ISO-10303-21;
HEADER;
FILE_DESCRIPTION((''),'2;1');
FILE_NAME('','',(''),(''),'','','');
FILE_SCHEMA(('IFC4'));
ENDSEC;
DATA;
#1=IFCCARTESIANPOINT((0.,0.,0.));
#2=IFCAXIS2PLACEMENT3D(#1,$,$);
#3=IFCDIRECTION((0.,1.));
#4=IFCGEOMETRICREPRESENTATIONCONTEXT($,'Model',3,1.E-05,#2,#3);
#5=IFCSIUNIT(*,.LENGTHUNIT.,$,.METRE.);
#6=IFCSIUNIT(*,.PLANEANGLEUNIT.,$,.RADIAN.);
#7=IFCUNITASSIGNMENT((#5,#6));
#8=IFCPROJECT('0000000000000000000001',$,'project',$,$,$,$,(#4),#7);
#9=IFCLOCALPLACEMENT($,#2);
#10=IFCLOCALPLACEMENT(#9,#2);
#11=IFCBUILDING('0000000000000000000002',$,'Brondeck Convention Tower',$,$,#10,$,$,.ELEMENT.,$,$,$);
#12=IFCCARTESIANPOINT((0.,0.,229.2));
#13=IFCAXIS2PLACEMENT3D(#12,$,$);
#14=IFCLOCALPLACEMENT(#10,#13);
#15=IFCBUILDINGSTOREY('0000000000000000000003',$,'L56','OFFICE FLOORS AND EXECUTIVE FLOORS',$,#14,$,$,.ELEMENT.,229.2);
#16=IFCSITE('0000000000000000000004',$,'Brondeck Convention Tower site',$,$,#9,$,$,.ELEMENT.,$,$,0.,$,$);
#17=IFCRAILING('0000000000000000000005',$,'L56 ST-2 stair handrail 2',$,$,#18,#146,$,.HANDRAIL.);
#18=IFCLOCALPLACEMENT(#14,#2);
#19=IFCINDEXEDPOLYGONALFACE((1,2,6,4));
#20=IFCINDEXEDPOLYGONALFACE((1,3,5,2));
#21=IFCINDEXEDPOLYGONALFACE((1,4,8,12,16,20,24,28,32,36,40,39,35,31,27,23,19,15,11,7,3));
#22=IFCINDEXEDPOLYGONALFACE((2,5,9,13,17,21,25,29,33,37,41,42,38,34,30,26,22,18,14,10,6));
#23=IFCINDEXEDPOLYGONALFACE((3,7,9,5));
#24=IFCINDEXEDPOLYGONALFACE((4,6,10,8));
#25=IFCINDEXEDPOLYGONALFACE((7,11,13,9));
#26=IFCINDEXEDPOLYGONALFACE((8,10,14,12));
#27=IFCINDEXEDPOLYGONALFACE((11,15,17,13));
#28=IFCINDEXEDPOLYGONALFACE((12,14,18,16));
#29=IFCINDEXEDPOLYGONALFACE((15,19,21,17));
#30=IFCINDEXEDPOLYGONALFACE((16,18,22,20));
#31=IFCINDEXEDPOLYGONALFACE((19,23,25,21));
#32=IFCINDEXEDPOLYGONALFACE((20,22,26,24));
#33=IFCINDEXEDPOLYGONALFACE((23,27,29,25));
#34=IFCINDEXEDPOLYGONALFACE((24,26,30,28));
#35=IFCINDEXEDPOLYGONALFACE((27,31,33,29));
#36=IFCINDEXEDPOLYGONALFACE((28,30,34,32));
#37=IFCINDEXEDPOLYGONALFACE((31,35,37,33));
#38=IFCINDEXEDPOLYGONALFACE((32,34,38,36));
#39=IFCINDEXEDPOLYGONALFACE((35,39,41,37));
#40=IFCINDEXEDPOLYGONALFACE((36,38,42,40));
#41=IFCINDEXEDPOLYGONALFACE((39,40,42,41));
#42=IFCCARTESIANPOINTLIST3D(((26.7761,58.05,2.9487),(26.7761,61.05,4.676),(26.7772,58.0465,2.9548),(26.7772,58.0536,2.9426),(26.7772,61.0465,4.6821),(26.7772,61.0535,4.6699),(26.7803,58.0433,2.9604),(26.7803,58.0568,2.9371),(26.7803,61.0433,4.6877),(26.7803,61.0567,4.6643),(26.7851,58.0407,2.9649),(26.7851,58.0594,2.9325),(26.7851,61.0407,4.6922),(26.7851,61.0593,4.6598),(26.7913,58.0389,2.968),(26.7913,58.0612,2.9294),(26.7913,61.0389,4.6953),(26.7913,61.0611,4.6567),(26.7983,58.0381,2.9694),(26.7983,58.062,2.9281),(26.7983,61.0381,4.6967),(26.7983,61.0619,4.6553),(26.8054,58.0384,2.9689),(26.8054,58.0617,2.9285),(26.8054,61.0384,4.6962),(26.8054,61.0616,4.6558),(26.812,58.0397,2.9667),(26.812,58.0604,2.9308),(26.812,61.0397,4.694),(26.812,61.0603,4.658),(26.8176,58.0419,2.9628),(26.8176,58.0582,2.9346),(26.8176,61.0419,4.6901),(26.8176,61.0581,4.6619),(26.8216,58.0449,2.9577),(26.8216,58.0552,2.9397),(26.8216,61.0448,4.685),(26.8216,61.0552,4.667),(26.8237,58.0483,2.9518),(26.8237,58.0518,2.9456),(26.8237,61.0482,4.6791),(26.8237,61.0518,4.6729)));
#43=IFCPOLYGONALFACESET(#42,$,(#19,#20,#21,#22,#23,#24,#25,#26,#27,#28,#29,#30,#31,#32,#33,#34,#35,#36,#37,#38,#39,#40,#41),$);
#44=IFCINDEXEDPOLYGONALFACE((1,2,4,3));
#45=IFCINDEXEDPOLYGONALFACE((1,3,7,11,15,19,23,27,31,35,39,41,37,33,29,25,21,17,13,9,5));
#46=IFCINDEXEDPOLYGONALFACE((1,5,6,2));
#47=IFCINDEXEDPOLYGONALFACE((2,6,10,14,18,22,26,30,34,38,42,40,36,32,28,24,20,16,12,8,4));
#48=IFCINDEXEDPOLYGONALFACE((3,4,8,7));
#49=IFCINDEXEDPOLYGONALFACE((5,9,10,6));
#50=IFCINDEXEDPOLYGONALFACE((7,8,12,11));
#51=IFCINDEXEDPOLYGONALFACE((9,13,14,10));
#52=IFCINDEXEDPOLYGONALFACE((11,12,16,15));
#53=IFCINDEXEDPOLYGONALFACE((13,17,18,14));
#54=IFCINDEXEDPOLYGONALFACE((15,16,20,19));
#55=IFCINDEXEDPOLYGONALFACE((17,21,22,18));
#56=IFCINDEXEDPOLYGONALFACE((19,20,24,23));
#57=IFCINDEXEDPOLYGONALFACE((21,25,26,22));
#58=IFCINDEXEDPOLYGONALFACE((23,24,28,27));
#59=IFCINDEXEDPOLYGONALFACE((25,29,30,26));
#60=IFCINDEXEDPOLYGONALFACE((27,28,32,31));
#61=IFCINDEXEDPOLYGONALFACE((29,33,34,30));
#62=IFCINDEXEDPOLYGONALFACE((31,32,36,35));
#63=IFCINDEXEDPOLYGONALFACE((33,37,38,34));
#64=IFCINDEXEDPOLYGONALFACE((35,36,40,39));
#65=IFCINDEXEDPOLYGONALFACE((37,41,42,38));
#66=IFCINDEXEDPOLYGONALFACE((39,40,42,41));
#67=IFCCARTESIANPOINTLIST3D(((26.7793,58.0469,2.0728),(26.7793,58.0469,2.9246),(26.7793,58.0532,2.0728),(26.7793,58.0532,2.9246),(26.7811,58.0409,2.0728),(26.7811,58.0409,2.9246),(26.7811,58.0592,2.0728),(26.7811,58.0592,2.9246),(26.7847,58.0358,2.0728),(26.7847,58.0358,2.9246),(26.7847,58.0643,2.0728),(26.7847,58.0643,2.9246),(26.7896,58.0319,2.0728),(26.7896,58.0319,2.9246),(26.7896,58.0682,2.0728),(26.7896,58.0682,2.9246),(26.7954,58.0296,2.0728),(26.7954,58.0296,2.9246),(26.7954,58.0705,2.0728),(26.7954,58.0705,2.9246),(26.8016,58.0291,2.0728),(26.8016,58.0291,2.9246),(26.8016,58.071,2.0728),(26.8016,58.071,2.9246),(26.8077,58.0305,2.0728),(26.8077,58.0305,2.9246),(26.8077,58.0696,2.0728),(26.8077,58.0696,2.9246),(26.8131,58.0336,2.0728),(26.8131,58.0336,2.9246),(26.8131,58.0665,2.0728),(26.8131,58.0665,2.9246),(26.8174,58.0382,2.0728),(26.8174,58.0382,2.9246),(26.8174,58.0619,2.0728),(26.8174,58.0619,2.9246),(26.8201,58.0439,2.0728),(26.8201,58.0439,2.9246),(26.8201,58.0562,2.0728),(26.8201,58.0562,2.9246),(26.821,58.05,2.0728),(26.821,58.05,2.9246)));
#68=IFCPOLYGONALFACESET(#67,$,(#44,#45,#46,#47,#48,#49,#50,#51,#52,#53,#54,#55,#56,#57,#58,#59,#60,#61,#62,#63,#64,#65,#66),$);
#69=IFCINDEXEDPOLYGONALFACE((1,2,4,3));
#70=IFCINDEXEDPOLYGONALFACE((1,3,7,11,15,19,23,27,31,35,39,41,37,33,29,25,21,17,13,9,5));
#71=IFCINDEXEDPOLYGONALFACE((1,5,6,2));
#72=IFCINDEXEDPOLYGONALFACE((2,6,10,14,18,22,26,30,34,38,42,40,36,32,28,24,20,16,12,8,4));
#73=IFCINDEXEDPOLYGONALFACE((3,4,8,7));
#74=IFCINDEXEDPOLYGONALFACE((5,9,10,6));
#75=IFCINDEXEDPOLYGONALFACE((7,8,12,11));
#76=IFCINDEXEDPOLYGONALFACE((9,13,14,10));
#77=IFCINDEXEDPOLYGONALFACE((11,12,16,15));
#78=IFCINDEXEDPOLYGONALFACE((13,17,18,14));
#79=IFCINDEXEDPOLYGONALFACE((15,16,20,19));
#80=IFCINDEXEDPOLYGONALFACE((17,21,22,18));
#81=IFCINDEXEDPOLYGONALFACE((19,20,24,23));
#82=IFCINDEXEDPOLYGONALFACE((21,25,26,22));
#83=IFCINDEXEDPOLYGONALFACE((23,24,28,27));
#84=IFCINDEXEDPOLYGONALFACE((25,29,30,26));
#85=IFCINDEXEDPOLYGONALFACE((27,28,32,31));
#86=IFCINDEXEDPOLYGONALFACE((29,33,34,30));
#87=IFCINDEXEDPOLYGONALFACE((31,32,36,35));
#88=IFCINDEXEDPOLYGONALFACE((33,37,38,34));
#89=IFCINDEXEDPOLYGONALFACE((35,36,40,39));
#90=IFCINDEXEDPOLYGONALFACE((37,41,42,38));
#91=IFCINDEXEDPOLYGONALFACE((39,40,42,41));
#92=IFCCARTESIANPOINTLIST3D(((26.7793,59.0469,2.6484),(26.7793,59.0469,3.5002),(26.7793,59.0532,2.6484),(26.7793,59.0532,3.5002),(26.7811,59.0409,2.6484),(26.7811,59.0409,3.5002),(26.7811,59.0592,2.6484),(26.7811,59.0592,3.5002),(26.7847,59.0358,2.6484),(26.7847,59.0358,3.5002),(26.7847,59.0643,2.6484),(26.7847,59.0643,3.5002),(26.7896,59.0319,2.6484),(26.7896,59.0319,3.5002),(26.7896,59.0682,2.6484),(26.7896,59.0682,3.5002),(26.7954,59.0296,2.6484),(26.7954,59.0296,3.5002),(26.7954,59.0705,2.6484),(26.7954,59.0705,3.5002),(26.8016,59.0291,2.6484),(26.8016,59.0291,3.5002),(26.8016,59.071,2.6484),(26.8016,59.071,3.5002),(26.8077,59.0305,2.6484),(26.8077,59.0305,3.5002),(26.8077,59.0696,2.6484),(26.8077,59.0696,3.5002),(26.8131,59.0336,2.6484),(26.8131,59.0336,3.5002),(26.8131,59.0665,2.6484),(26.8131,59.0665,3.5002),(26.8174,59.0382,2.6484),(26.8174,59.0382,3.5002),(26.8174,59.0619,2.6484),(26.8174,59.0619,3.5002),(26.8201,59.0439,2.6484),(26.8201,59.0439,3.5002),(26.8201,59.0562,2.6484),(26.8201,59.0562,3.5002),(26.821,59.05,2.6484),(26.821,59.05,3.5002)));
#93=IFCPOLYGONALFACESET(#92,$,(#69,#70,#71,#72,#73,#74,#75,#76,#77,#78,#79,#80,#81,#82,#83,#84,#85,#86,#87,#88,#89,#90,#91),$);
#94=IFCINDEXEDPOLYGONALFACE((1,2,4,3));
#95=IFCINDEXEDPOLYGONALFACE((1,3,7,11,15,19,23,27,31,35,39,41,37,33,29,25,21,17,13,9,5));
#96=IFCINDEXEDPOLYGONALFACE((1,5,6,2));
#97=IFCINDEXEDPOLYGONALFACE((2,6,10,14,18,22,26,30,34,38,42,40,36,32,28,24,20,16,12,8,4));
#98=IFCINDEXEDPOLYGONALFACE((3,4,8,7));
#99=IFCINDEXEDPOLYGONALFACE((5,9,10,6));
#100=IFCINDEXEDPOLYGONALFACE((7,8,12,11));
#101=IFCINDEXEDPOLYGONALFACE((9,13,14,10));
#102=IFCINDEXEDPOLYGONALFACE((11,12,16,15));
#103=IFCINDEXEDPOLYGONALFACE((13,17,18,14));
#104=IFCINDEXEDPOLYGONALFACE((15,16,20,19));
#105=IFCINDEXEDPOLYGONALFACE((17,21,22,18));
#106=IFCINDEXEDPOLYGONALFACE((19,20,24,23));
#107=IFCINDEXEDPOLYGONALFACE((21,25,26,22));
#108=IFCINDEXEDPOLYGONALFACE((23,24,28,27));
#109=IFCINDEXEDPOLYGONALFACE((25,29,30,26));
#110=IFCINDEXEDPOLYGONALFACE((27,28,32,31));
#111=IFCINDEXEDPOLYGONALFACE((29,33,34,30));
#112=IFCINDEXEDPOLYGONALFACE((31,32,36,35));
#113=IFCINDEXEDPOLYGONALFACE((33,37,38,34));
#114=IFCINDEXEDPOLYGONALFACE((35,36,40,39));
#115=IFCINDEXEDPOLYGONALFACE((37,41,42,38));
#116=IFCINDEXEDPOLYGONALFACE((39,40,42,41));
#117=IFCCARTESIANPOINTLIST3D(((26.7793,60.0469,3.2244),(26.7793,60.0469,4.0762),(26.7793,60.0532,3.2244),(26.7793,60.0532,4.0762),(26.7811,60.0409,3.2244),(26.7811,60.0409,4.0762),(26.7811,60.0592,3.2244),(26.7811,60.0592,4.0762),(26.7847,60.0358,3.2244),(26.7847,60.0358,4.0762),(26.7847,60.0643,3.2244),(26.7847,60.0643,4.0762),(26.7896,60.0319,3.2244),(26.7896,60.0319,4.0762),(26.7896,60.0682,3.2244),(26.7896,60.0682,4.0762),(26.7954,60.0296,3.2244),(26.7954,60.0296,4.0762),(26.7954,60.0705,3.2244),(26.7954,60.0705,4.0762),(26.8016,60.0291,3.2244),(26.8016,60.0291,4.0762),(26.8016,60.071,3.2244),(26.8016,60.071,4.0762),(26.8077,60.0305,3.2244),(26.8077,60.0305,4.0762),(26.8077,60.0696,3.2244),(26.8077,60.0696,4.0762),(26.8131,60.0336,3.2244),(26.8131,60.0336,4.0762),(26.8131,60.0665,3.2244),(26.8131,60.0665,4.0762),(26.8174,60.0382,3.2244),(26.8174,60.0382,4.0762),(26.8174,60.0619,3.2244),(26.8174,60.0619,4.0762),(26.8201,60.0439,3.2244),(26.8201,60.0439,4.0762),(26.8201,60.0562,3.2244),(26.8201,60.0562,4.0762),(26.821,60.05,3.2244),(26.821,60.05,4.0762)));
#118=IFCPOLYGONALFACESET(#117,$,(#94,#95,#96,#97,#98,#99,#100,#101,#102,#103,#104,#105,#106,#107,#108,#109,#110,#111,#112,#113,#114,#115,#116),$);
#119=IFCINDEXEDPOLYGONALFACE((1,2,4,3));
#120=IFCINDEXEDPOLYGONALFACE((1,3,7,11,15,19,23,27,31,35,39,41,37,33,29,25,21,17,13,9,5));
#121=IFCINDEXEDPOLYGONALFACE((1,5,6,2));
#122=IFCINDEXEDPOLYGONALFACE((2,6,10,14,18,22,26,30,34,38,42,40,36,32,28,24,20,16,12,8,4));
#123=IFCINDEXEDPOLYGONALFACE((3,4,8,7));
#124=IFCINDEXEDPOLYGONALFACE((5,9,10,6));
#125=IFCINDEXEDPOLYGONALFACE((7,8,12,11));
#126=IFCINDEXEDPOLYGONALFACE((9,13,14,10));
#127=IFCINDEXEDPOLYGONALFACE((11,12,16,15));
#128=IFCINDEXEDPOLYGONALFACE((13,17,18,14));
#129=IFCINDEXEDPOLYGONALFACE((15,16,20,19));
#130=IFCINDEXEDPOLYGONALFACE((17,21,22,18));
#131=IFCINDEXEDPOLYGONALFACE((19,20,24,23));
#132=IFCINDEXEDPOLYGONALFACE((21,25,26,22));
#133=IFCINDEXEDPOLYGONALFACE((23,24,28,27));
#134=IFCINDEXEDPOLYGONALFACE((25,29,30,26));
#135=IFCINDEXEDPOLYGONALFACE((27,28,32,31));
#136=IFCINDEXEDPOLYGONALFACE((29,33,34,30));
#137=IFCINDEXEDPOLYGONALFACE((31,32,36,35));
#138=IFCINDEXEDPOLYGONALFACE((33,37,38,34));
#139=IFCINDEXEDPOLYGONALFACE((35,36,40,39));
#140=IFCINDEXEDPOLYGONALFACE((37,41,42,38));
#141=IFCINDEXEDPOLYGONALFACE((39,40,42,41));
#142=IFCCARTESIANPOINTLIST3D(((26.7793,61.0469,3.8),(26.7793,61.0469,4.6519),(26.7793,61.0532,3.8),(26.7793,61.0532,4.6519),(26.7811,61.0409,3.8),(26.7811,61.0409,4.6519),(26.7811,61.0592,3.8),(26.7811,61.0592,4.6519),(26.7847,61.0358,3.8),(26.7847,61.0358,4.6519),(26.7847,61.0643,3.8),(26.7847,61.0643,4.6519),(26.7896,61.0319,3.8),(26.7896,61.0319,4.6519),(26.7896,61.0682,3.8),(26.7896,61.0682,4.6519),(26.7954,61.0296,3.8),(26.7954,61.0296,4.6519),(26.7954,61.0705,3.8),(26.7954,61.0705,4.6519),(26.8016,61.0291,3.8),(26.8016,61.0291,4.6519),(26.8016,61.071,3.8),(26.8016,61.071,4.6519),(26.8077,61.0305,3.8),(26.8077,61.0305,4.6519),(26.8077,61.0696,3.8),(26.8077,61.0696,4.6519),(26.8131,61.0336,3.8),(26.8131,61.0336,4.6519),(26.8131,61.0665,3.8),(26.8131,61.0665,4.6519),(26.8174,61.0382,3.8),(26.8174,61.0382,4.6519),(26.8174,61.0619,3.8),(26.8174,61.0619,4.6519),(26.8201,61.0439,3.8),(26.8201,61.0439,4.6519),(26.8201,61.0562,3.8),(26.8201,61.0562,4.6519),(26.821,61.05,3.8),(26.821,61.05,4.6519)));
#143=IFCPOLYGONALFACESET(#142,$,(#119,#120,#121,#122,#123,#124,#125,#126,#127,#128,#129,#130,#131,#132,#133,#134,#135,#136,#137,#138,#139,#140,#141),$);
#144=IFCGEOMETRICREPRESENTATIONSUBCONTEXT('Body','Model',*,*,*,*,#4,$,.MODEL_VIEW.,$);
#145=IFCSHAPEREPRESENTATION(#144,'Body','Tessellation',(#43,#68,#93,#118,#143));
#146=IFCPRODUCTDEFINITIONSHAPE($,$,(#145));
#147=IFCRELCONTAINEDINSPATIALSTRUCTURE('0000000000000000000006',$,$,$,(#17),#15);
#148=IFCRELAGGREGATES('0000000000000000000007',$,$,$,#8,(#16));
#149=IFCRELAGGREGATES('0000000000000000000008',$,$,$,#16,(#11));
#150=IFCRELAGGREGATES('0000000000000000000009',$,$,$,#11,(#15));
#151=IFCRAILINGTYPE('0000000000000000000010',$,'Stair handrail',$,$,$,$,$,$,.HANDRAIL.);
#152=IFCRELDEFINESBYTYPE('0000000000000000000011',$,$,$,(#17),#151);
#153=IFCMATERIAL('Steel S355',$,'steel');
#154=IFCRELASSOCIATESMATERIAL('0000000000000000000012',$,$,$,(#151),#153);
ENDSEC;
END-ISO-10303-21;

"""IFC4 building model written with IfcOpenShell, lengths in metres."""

from ifc_helpers import new_model, si_unit, direction, frame, origin, origin_2d, place, context, subcontext, project, spatial, circle, extrude, material, type_object, element, save


model = new_model("IFC4")

# Units and contexts
model_context = context("Model", 3, precision=1e-05, world=origin(), true_north=direction((0.0, 1.0)))
body_context = subcontext(model_context, "Body", "Model", "MODEL_VIEW")
ifc_project = project(units=[si_unit("LENGTHUNIT", "METRE"), si_unit("PLANEANGLEUNIT", "RADIAN")], contexts=[model_context])

# Site, building, storey
site_placement = place(None, origin())
site = spatial("IfcSite", under=ifc_project, at=site_placement, Name="Brondeck Convention Tower site", CompositionType="ELEMENT", RefElevation=0.0)
building_placement = place(site_placement, origin())
building = spatial("IfcBuilding", under=site, at=building_placement, Name="Brondeck Convention Tower", CompositionType="ELEMENT")
storey_placement = place(building_placement, frame((0.0, 0.0, 229.2)))
storey = spatial("IfcBuildingStorey", under=building, at=storey_placement, Name="L56", Description="OFFICE FLOORS AND EXECUTIVE FLOORS", CompositionType="ELEMENT", Elevation=229.2)

# Railing
ifc_material_1 = material(Name="Steel S355", Category="steel")
railing_type_1 = type_object("IfcRailingType", Name="Stair handrail", PredefinedType="HANDRAIL", material=ifc_material_1)
railing_1_placement = place(storey_placement, frame((26.8, 58.05, 2.0728)))
element("IfcRailing", 1, at=railing_1_placement, inside=storey, type_object=railing_type_1, Name="L56 ST-2 stair handrail 2", PredefinedType="HANDRAIL", context=body_context, shape_type="SweptSolid", body=[
    extrude(circle(Radius=0.0239, at=origin_2d()), frame((0.0, 0.0, 0.876), z_axis=(0.0, 0.86662, 0.498969), x_axis=(-1.0, 0.0, 0.0)), (0.0, 0.0, 1.0), 3.4617),
    extrude(circle(Radius=0.021, at=origin_2d()), origin(), (0.0, 0.0, 1.0), 0.8518),
    extrude(circle(Radius=0.021, at=origin_2d()), frame((0.0, 1.0, 0.5757)), (0.0, 0.0, 1.0), 0.8518),
    extrude(circle(Radius=0.021, at=origin_2d()), frame((0.0, 2.0, 1.1516)), (0.0, 0.0, 1.0), 0.8518),
    extrude(circle(Radius=0.021, at=origin_2d()), frame((0.0, 3.0, 1.7273)), (0.0, 0.0, 1.0), 0.8518),
])

save(model, "model.ifc")
